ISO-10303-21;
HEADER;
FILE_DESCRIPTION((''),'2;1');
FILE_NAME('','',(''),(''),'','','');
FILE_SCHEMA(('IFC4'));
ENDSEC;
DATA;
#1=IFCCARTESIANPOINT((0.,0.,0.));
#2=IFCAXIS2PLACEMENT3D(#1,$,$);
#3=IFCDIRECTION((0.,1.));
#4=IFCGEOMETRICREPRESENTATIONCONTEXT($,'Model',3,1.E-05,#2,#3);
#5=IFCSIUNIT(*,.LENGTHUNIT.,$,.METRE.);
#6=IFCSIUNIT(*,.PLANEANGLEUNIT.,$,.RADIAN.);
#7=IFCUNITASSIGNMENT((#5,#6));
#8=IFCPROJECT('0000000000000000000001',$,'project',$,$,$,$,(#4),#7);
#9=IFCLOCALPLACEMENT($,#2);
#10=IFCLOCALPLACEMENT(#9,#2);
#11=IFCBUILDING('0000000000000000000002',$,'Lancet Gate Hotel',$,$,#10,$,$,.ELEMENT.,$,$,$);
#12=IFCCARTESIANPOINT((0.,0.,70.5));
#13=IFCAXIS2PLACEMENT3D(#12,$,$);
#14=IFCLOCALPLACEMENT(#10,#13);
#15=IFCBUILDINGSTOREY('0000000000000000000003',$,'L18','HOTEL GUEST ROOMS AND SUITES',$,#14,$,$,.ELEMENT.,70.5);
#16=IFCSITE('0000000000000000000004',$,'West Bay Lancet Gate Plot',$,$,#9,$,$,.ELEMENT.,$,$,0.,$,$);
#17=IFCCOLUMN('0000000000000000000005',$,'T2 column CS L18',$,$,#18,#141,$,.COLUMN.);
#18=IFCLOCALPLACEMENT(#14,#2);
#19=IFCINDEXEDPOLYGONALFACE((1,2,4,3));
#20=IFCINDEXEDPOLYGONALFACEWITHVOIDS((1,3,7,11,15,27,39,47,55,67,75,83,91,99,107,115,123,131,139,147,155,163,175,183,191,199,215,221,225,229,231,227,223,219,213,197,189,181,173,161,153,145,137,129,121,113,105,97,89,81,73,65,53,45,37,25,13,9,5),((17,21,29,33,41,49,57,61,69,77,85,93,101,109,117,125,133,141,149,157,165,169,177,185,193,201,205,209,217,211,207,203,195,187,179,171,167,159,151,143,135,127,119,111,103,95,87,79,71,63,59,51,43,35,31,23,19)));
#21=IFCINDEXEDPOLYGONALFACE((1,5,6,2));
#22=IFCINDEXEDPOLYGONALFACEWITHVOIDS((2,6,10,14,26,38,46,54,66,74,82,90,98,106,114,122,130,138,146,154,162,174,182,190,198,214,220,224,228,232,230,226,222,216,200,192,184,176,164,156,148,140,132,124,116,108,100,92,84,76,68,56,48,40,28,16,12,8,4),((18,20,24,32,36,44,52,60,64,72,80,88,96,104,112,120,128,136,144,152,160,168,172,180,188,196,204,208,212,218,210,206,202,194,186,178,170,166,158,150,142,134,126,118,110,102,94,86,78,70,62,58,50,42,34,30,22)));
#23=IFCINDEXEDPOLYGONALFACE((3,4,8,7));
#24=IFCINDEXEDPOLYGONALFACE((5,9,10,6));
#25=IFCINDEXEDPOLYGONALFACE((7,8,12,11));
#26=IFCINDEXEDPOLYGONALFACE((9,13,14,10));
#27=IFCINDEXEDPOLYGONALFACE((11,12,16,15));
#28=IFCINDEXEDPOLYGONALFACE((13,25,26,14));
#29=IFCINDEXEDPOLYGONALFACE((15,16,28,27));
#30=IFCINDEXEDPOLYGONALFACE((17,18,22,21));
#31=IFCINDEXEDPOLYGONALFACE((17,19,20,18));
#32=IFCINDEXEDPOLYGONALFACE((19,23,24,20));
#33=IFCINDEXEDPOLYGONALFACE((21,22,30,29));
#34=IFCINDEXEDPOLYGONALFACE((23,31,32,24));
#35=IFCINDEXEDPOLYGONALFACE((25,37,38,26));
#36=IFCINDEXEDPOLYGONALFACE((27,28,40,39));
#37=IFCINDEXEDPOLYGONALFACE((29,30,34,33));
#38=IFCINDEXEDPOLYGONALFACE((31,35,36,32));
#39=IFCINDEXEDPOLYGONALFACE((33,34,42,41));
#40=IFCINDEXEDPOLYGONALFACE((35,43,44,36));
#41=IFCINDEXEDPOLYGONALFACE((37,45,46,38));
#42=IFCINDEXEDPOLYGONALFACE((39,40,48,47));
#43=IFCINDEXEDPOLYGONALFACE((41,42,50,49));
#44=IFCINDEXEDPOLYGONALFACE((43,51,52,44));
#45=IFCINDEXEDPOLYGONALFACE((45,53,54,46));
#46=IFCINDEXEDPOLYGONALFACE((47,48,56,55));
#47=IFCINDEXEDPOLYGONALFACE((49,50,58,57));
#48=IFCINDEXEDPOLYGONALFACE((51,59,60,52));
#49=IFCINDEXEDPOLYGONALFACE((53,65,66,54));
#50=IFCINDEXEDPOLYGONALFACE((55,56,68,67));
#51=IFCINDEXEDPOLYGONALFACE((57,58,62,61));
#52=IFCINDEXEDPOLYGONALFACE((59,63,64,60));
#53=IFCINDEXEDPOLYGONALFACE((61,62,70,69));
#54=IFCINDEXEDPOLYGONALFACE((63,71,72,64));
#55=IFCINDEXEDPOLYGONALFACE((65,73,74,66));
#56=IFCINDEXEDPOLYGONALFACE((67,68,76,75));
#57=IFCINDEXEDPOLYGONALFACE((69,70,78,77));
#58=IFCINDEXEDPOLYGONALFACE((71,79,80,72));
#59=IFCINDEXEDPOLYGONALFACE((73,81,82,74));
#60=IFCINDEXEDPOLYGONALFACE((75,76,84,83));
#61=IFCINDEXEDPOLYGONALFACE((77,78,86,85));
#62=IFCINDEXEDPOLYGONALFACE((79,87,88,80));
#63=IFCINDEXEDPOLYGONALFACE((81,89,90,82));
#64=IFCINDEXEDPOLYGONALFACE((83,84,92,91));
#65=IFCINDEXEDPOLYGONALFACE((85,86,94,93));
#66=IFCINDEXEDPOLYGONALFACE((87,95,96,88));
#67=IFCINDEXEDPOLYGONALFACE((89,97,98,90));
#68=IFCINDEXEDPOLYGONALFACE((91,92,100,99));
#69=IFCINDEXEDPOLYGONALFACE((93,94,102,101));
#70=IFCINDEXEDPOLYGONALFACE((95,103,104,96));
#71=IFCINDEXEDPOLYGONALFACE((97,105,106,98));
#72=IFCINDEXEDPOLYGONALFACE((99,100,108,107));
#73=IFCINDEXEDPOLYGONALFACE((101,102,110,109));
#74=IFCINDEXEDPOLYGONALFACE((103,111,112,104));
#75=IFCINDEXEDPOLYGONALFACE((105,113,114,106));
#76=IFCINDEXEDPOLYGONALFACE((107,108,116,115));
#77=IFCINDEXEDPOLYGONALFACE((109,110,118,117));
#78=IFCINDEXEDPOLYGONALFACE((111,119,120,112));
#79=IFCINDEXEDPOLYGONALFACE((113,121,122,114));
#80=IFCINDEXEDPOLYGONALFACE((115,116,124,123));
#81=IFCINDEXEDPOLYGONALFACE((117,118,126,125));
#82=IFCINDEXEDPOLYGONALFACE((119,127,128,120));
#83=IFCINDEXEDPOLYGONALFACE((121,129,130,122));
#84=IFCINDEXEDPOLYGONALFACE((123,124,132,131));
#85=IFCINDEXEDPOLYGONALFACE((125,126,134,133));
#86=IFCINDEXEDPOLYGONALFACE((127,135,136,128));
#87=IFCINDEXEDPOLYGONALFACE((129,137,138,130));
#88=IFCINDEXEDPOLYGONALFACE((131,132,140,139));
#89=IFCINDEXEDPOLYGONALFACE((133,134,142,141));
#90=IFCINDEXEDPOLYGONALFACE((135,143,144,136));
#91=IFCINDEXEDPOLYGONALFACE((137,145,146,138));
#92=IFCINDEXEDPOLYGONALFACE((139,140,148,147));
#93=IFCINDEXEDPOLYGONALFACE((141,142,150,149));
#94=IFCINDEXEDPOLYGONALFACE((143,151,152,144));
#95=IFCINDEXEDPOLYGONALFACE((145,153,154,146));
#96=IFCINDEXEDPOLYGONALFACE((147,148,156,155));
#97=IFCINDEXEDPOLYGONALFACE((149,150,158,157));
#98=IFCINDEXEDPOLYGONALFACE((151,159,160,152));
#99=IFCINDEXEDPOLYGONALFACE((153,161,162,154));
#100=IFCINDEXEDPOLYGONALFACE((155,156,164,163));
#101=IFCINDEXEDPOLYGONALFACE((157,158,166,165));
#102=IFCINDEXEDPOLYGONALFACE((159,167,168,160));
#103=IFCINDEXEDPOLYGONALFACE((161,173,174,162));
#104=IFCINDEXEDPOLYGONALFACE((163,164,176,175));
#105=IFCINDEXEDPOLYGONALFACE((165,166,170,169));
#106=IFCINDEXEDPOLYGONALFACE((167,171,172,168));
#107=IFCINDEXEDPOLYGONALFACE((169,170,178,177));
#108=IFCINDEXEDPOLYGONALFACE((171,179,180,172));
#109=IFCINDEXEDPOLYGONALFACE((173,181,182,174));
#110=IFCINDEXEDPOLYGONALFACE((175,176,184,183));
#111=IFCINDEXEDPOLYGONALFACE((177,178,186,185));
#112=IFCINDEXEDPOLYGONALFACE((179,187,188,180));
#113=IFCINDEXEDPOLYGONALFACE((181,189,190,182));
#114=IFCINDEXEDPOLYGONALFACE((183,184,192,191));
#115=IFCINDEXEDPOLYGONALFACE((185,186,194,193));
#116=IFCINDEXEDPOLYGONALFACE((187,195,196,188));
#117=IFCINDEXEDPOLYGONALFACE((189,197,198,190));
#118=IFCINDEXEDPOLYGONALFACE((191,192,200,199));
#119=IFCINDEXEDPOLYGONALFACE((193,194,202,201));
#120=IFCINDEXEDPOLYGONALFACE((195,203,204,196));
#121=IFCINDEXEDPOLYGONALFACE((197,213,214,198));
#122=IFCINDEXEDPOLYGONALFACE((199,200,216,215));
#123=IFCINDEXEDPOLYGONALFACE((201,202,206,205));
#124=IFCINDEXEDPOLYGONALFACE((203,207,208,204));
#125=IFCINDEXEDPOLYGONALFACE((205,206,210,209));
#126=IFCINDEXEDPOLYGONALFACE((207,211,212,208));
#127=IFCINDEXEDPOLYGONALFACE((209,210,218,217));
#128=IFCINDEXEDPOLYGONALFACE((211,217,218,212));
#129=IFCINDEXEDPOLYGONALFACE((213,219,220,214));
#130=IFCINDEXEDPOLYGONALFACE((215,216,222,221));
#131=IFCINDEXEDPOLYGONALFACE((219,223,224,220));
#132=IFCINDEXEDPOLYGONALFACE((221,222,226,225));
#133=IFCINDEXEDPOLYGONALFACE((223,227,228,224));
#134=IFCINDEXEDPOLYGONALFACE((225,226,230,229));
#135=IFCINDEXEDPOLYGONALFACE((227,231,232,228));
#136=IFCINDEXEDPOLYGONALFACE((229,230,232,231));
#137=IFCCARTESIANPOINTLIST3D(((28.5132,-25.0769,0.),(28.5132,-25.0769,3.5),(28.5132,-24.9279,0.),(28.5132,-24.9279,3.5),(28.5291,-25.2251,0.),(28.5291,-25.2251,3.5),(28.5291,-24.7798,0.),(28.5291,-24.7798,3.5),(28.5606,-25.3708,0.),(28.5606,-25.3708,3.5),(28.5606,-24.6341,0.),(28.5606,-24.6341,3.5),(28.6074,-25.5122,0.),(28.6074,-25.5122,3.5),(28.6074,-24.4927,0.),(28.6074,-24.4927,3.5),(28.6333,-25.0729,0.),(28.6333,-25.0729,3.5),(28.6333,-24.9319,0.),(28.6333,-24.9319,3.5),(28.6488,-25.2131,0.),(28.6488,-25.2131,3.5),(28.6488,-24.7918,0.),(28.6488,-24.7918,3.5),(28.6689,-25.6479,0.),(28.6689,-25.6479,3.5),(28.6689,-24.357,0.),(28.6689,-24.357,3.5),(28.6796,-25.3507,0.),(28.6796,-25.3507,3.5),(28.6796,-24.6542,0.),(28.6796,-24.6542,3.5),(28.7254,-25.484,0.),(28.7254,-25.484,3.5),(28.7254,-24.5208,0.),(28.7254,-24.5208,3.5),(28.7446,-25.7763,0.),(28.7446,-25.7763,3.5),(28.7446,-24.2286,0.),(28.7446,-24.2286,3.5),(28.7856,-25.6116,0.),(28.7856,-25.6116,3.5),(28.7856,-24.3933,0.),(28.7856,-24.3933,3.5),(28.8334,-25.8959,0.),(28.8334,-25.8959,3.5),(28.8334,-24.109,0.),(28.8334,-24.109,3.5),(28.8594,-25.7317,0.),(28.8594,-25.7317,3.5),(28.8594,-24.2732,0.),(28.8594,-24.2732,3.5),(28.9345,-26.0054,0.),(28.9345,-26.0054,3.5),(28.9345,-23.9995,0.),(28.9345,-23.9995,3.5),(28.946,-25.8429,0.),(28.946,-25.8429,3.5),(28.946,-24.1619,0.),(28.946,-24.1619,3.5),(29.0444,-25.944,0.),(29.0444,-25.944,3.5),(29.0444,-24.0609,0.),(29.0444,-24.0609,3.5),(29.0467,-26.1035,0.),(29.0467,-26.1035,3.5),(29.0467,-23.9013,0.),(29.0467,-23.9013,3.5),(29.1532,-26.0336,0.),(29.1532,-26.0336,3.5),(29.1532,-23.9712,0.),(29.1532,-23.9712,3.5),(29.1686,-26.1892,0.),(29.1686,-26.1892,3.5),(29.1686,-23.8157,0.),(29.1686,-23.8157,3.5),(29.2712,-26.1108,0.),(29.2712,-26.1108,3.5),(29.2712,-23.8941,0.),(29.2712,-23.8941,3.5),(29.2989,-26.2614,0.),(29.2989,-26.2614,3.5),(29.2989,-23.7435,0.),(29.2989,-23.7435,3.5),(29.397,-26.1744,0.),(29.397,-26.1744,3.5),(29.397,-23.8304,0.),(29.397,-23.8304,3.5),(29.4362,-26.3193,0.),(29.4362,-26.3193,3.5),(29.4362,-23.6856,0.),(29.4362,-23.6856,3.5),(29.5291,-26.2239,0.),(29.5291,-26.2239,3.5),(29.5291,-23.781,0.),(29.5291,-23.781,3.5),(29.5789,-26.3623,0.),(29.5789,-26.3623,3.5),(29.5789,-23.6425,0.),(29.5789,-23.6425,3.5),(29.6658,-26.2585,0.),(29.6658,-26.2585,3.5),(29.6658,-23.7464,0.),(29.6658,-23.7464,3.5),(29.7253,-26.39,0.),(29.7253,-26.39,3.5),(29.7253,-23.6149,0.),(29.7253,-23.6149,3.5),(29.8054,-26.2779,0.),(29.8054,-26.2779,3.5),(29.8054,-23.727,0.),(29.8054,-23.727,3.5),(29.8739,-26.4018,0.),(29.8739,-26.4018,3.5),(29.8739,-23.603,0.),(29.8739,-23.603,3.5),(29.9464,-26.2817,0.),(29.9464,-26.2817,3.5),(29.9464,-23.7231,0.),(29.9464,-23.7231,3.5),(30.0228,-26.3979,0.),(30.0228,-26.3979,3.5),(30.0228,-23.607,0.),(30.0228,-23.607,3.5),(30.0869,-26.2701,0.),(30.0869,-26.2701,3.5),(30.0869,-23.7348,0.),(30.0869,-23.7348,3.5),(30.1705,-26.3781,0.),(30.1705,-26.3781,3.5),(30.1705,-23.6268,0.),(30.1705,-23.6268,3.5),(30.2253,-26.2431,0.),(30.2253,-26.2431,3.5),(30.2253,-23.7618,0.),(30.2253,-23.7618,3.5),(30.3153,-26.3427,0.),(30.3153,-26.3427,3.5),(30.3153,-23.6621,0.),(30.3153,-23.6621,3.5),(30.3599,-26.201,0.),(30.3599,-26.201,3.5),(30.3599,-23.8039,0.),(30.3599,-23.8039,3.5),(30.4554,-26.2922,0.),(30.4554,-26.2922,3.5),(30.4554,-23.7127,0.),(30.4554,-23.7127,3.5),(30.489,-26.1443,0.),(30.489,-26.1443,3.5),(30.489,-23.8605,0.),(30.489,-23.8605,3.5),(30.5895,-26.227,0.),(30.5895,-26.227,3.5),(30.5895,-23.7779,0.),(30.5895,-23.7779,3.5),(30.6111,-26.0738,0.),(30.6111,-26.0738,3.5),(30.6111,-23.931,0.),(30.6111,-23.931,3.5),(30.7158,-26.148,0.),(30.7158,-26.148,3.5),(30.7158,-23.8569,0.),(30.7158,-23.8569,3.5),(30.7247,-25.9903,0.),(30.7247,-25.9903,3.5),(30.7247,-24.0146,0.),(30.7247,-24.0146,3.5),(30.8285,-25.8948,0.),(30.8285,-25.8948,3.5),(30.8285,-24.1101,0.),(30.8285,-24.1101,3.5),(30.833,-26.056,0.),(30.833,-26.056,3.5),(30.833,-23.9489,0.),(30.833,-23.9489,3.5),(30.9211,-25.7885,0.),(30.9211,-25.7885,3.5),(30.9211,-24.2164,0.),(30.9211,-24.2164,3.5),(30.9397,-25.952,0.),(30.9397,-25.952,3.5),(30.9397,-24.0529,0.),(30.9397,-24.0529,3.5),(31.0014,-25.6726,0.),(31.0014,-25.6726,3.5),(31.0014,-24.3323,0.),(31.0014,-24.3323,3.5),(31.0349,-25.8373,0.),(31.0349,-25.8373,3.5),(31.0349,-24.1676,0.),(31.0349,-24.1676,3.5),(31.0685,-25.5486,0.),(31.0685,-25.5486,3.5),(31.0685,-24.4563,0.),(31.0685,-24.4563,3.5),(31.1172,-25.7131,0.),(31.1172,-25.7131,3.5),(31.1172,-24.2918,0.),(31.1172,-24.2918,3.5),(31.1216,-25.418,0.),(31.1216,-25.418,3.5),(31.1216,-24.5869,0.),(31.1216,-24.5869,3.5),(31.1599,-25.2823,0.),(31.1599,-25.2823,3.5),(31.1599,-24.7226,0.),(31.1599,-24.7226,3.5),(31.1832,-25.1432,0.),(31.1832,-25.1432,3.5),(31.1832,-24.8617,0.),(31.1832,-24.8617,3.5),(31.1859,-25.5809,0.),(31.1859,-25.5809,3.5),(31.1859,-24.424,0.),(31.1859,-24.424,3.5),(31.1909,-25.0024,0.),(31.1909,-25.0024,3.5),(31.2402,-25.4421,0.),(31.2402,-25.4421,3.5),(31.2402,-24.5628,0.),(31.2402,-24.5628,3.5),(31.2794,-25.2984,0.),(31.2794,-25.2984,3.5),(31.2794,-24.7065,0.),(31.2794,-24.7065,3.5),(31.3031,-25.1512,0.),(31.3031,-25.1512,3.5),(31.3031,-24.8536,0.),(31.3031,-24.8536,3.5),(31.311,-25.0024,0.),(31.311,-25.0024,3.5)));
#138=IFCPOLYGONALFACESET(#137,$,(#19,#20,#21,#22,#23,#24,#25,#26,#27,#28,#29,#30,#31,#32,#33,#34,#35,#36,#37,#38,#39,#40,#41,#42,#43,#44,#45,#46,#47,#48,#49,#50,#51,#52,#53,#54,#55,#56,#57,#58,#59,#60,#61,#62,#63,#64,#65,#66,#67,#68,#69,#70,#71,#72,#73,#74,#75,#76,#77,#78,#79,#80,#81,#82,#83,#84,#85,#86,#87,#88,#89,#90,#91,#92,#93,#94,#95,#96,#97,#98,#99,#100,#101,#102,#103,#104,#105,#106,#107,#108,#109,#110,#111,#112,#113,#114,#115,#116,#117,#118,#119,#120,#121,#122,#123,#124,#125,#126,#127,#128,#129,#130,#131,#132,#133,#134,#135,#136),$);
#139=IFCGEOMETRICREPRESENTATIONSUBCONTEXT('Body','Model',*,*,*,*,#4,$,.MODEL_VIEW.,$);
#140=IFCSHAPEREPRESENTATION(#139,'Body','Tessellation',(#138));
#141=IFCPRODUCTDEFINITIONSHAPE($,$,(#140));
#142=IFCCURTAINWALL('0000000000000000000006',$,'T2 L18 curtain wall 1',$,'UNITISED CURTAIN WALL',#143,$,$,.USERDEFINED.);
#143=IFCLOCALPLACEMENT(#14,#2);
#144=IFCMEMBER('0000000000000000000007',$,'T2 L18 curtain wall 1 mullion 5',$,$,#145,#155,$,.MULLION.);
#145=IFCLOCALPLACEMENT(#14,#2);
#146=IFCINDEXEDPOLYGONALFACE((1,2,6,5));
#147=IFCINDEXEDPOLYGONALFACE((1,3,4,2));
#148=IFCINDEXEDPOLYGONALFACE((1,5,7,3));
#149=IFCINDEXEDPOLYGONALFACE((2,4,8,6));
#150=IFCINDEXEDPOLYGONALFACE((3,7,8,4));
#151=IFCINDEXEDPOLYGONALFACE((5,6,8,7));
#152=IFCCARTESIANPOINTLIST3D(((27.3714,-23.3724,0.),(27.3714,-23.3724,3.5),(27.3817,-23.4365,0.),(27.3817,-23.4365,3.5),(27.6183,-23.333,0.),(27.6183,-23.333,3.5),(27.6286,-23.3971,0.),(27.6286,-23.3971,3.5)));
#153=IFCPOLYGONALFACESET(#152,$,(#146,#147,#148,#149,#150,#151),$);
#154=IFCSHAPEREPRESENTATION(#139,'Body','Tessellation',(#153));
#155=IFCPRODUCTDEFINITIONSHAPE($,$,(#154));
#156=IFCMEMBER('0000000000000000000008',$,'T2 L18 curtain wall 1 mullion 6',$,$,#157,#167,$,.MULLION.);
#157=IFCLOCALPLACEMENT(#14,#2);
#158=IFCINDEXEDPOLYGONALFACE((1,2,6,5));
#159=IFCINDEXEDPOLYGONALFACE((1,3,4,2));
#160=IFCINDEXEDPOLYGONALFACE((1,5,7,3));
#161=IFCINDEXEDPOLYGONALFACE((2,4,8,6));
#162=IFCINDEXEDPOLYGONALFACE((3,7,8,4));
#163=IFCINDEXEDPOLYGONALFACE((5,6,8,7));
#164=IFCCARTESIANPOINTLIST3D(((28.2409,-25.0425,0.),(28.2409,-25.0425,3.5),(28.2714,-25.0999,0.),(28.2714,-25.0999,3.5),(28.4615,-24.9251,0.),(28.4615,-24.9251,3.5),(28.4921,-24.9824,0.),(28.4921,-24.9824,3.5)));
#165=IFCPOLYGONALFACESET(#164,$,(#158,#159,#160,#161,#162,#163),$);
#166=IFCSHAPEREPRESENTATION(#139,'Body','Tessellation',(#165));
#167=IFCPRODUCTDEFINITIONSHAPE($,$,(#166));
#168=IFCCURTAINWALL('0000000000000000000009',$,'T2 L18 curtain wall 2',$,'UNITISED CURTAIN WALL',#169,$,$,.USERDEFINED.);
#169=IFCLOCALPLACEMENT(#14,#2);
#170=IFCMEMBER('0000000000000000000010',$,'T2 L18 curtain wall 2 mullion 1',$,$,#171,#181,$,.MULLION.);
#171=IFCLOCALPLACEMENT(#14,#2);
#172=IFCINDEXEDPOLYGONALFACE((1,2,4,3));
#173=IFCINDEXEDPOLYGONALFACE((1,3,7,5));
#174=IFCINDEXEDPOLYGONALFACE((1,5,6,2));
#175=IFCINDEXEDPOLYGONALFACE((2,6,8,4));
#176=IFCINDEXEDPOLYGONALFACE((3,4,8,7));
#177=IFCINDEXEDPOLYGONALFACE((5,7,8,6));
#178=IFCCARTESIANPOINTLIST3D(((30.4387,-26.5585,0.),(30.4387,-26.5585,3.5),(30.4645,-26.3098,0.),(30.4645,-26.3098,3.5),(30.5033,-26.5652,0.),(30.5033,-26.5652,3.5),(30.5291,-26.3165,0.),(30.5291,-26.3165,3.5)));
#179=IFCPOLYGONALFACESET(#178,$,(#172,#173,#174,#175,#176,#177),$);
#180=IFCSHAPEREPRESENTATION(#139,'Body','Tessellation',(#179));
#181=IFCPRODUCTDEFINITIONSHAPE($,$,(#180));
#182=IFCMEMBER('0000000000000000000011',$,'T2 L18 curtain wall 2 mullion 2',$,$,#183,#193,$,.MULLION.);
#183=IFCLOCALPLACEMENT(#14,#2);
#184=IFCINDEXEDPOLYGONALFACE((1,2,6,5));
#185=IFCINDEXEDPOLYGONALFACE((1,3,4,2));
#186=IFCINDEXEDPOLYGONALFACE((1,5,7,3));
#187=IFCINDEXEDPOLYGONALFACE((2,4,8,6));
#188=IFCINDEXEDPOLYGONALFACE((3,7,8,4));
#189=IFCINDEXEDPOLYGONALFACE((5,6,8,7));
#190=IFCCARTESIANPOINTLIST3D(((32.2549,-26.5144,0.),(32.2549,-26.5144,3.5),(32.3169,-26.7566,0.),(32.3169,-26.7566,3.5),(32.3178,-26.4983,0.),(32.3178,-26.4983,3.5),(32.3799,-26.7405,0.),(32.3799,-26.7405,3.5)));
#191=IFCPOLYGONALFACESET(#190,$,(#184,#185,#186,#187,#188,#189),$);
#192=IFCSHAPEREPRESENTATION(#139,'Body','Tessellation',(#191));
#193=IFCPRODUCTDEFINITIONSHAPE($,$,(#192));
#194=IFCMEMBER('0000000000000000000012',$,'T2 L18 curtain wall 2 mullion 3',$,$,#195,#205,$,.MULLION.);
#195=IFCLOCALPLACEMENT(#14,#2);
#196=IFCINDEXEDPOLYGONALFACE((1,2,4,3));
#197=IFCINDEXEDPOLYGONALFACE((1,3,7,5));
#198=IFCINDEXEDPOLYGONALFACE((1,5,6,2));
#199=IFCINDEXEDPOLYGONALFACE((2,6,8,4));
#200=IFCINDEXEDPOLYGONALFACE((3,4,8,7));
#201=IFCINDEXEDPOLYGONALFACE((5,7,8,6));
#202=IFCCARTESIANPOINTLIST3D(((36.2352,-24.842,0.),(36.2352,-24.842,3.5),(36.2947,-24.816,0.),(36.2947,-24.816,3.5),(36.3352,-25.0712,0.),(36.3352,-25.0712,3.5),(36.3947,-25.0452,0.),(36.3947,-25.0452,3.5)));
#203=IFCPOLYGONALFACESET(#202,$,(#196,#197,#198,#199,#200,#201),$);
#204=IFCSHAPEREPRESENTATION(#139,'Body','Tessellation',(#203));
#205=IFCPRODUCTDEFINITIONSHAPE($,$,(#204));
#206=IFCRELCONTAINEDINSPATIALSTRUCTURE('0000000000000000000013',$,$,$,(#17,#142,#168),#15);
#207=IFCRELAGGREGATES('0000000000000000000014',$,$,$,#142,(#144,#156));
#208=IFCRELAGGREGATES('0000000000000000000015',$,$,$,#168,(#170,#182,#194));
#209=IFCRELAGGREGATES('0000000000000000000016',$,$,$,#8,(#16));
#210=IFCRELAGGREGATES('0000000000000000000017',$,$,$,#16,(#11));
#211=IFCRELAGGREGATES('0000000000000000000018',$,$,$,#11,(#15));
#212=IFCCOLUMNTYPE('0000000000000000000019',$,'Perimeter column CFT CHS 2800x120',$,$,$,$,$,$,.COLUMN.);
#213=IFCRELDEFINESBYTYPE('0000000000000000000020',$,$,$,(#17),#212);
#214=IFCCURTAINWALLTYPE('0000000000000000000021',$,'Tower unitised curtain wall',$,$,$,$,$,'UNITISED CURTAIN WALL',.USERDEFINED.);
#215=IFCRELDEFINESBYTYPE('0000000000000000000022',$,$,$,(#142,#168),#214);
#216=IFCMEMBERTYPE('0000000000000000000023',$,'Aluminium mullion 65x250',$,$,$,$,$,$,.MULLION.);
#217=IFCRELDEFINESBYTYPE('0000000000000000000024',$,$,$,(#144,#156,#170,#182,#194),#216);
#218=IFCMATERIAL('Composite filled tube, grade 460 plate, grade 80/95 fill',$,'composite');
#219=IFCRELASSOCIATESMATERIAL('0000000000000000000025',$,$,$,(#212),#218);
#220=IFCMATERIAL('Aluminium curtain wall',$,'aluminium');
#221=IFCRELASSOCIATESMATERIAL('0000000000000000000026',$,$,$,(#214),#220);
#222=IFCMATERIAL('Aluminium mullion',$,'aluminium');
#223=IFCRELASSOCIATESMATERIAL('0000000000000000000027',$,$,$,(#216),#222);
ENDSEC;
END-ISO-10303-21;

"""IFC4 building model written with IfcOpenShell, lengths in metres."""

from ifc_helpers import new_model, si_unit, direction, frame, origin, origin_2d, place, context, subcontext, project, spatial, rectangle, hollow_circle, extrude, material, material_profile, profile_set, type_object, element, aggregate, save


model = new_model("IFC4")

# Units and contexts
model_context = context("Model", 3, precision=1e-05, world=origin(), true_north=direction((0.0, 1.0)))
body_context = subcontext(model_context, "Body", "Model", "MODEL_VIEW")
ifc_project = project(units=[si_unit("LENGTHUNIT", "METRE"), si_unit("PLANEANGLEUNIT", "RADIAN")], contexts=[model_context])

# Site, building, storey
site_placement = place(None, origin())
site = spatial("IfcSite", under=ifc_project, at=site_placement, Name="West Bay Lancet Gate Plot", CompositionType="ELEMENT", RefElevation=0.0)
building_placement = place(site_placement, origin())
building = spatial("IfcBuilding", under=site, at=building_placement, Name="Lancet Gate Hotel", CompositionType="ELEMENT")
storey_placement = place(building_placement, frame((0.0, 0.0, 70.5)))
storey = spatial("IfcBuildingStorey", under=building, at=storey_placement, Name="L18", Description="HOTEL GUEST ROOMS AND SUITES", CompositionType="ELEMENT", Elevation=70.5)

# Column
ifc_material_1 = material(Name="Composite filled tube, grade 460 plate, grade 80/95 fill", Category="composite")
ifc_material_profile_1 = material_profile(ifc_material_1, hollow_circle(Radius=1.3999, WallThickness=0.1201, at=origin_2d()), Name="CHS 2800x120")
ifc_profile_set_1 = profile_set([ifc_material_profile_1], Name="Composite filled tube, grade 460 plate, grade 80/95 fill")
column_type = type_object("IfcColumnType", Name="Perimeter column CFT CHS 2800x120", PredefinedType="COLUMN", material=ifc_profile_set_1)
column_placement = place(storey_placement, frame((29.9111, -25.0024, 0.0), z_axis=(0.0, 0.0, 1.0), x_axis=(1.0, 0.0, 0.0)))
element("IfcColumn", 1, at=column_placement, inside=storey, type_object=column_type, Name="T2 column CS L18", PredefinedType="COLUMN", context=body_context, shape_type="SweptSolid", body=[
    extrude(hollow_circle(Radius=1.3999, WallThickness=0.1201, at=origin_2d()), origin(), (0.0, 0.0, 1.0), 3.5),
])

# Curtain walls, members
ifc_material_2 = material(Name="Aluminium curtain wall", Category="aluminium")
curtain_wall_type = type_object("IfcCurtainWallType", Name="Tower unitised curtain wall", ElementType="UNITISED CURTAIN WALL", PredefinedType="USERDEFINED", material=ifc_material_2)
curtain_wall_1_placement = place(storey_placement, origin())
curtain_wall_1 = element("IfcCurtainWall", 2, at=curtain_wall_1_placement, inside=storey, type_object=curtain_wall_type, Name="T2 L18 curtain wall 1", ObjectType="UNITISED CURTAIN WALL", PredefinedType="USERDEFINED")
ifc_material_3 = material(Name="Aluminium mullion", Category="aluminium")
ifc_material_profile_2 = material_profile(ifc_material_3, rectangle(XDim=0.0649, YDim=0.25, at=origin_2d()), Name="MULLION 65x250")
ifc_profile_set_2 = profile_set([ifc_material_profile_2], Name="Aluminium mullion")
member_type_1 = type_object("IfcMemberType", Name="Aluminium mullion 65x250", PredefinedType="MULLION", material=ifc_profile_set_2)
member_1_placement = place(storey_placement, frame((27.5, -23.3848, 0.0), z_axis=(0.0, 0.0, 1.0), x_axis=(0.157752, -0.987479, 0.0)))
member_1 = element("IfcMember", 3, at=member_1_placement, type_object=member_type_1, Name="T2 L18 curtain wall 1 mullion 5", PredefinedType="MULLION", context=body_context, shape_type="SweptSolid", body=[
    extrude(rectangle(XDim=0.0649, YDim=0.25, at=origin_2d()), origin(), (0.0, 0.0, 1.0), 3.5),
])
member_2_placement = place(storey_placement, frame((28.3665, -25.0125, 0.0), z_axis=(0.0, 0.0, 1.0), x_axis=(0.469898, -0.882721, 0.0)))
member_2 = element("IfcMember", 4, at=member_2_placement, type_object=member_type_1, Name="T2 L18 curtain wall 1 mullion 6", PredefinedType="MULLION", context=body_context, shape_type="SweptSolid", body=[
    extrude(rectangle(XDim=0.0649, YDim=0.25, at=origin_2d()), origin(), (0.0, 0.0, 1.0), 3.5),
])
curtain_wall_2_placement = place(storey_placement, origin())
curtain_wall_2 = element("IfcCurtainWall", 5, at=curtain_wall_2_placement, inside=storey, type_object=curtain_wall_type, Name="T2 L18 curtain wall 2", ObjectType="UNITISED CURTAIN WALL", PredefinedType="USERDEFINED")
member_3_placement = place(storey_placement, frame((30.4839, -26.4375, 0.0), z_axis=(0.0, 0.0, 1.0), x_axis=(0.994672, -0.103088, 0.0)))
member_3 = element("IfcMember", 6, at=member_3_placement, type_object=member_type_1, Name="T2 L18 curtain wall 2 mullion 1", PredefinedType="MULLION", context=body_context, shape_type="SweptSolid", body=[
    extrude(rectangle(XDim=0.0649, YDim=0.25, at=origin_2d()), origin(), (0.0, 0.0, 1.0), 3.5),
])
member_4_placement = place(storey_placement, frame((32.3174, -26.6274, 0.0), z_axis=(0.0, 0.0, 1.0), x_axis=(0.968721, 0.24815, 0.0)))
member_4 = element("IfcMember", 7, at=member_4_placement, type_object=member_type_1, Name="T2 L18 curtain wall 2 mullion 2", PredefinedType="MULLION", context=body_context, shape_type="SweptSolid", body=[
    extrude(rectangle(XDim=0.0649, YDim=0.25, at=origin_2d()), origin(), (0.0, 0.0, 1.0), 3.5),
])
member_5_placement = place(storey_placement, frame((36.3149, -24.9436, 0.0), z_axis=(0.0, 0.0, 1.0), x_axis=(0.916579, 0.399854, 0.0)))
member_5 = element("IfcMember", 8, at=member_5_placement, type_object=member_type_1, Name="T2 L18 curtain wall 2 mullion 3", PredefinedType="MULLION", context=body_context, shape_type="SweptSolid", body=[
    extrude(rectangle(XDim=0.0649, YDim=0.25, at=origin_2d()), origin(), (0.0, 0.0, 1.0), 3.5),
])

aggregate(curtain_wall_1, [member_1, member_2])
aggregate(curtain_wall_2, [member_3, member_4, member_5])

save(model, "model.ifc")
